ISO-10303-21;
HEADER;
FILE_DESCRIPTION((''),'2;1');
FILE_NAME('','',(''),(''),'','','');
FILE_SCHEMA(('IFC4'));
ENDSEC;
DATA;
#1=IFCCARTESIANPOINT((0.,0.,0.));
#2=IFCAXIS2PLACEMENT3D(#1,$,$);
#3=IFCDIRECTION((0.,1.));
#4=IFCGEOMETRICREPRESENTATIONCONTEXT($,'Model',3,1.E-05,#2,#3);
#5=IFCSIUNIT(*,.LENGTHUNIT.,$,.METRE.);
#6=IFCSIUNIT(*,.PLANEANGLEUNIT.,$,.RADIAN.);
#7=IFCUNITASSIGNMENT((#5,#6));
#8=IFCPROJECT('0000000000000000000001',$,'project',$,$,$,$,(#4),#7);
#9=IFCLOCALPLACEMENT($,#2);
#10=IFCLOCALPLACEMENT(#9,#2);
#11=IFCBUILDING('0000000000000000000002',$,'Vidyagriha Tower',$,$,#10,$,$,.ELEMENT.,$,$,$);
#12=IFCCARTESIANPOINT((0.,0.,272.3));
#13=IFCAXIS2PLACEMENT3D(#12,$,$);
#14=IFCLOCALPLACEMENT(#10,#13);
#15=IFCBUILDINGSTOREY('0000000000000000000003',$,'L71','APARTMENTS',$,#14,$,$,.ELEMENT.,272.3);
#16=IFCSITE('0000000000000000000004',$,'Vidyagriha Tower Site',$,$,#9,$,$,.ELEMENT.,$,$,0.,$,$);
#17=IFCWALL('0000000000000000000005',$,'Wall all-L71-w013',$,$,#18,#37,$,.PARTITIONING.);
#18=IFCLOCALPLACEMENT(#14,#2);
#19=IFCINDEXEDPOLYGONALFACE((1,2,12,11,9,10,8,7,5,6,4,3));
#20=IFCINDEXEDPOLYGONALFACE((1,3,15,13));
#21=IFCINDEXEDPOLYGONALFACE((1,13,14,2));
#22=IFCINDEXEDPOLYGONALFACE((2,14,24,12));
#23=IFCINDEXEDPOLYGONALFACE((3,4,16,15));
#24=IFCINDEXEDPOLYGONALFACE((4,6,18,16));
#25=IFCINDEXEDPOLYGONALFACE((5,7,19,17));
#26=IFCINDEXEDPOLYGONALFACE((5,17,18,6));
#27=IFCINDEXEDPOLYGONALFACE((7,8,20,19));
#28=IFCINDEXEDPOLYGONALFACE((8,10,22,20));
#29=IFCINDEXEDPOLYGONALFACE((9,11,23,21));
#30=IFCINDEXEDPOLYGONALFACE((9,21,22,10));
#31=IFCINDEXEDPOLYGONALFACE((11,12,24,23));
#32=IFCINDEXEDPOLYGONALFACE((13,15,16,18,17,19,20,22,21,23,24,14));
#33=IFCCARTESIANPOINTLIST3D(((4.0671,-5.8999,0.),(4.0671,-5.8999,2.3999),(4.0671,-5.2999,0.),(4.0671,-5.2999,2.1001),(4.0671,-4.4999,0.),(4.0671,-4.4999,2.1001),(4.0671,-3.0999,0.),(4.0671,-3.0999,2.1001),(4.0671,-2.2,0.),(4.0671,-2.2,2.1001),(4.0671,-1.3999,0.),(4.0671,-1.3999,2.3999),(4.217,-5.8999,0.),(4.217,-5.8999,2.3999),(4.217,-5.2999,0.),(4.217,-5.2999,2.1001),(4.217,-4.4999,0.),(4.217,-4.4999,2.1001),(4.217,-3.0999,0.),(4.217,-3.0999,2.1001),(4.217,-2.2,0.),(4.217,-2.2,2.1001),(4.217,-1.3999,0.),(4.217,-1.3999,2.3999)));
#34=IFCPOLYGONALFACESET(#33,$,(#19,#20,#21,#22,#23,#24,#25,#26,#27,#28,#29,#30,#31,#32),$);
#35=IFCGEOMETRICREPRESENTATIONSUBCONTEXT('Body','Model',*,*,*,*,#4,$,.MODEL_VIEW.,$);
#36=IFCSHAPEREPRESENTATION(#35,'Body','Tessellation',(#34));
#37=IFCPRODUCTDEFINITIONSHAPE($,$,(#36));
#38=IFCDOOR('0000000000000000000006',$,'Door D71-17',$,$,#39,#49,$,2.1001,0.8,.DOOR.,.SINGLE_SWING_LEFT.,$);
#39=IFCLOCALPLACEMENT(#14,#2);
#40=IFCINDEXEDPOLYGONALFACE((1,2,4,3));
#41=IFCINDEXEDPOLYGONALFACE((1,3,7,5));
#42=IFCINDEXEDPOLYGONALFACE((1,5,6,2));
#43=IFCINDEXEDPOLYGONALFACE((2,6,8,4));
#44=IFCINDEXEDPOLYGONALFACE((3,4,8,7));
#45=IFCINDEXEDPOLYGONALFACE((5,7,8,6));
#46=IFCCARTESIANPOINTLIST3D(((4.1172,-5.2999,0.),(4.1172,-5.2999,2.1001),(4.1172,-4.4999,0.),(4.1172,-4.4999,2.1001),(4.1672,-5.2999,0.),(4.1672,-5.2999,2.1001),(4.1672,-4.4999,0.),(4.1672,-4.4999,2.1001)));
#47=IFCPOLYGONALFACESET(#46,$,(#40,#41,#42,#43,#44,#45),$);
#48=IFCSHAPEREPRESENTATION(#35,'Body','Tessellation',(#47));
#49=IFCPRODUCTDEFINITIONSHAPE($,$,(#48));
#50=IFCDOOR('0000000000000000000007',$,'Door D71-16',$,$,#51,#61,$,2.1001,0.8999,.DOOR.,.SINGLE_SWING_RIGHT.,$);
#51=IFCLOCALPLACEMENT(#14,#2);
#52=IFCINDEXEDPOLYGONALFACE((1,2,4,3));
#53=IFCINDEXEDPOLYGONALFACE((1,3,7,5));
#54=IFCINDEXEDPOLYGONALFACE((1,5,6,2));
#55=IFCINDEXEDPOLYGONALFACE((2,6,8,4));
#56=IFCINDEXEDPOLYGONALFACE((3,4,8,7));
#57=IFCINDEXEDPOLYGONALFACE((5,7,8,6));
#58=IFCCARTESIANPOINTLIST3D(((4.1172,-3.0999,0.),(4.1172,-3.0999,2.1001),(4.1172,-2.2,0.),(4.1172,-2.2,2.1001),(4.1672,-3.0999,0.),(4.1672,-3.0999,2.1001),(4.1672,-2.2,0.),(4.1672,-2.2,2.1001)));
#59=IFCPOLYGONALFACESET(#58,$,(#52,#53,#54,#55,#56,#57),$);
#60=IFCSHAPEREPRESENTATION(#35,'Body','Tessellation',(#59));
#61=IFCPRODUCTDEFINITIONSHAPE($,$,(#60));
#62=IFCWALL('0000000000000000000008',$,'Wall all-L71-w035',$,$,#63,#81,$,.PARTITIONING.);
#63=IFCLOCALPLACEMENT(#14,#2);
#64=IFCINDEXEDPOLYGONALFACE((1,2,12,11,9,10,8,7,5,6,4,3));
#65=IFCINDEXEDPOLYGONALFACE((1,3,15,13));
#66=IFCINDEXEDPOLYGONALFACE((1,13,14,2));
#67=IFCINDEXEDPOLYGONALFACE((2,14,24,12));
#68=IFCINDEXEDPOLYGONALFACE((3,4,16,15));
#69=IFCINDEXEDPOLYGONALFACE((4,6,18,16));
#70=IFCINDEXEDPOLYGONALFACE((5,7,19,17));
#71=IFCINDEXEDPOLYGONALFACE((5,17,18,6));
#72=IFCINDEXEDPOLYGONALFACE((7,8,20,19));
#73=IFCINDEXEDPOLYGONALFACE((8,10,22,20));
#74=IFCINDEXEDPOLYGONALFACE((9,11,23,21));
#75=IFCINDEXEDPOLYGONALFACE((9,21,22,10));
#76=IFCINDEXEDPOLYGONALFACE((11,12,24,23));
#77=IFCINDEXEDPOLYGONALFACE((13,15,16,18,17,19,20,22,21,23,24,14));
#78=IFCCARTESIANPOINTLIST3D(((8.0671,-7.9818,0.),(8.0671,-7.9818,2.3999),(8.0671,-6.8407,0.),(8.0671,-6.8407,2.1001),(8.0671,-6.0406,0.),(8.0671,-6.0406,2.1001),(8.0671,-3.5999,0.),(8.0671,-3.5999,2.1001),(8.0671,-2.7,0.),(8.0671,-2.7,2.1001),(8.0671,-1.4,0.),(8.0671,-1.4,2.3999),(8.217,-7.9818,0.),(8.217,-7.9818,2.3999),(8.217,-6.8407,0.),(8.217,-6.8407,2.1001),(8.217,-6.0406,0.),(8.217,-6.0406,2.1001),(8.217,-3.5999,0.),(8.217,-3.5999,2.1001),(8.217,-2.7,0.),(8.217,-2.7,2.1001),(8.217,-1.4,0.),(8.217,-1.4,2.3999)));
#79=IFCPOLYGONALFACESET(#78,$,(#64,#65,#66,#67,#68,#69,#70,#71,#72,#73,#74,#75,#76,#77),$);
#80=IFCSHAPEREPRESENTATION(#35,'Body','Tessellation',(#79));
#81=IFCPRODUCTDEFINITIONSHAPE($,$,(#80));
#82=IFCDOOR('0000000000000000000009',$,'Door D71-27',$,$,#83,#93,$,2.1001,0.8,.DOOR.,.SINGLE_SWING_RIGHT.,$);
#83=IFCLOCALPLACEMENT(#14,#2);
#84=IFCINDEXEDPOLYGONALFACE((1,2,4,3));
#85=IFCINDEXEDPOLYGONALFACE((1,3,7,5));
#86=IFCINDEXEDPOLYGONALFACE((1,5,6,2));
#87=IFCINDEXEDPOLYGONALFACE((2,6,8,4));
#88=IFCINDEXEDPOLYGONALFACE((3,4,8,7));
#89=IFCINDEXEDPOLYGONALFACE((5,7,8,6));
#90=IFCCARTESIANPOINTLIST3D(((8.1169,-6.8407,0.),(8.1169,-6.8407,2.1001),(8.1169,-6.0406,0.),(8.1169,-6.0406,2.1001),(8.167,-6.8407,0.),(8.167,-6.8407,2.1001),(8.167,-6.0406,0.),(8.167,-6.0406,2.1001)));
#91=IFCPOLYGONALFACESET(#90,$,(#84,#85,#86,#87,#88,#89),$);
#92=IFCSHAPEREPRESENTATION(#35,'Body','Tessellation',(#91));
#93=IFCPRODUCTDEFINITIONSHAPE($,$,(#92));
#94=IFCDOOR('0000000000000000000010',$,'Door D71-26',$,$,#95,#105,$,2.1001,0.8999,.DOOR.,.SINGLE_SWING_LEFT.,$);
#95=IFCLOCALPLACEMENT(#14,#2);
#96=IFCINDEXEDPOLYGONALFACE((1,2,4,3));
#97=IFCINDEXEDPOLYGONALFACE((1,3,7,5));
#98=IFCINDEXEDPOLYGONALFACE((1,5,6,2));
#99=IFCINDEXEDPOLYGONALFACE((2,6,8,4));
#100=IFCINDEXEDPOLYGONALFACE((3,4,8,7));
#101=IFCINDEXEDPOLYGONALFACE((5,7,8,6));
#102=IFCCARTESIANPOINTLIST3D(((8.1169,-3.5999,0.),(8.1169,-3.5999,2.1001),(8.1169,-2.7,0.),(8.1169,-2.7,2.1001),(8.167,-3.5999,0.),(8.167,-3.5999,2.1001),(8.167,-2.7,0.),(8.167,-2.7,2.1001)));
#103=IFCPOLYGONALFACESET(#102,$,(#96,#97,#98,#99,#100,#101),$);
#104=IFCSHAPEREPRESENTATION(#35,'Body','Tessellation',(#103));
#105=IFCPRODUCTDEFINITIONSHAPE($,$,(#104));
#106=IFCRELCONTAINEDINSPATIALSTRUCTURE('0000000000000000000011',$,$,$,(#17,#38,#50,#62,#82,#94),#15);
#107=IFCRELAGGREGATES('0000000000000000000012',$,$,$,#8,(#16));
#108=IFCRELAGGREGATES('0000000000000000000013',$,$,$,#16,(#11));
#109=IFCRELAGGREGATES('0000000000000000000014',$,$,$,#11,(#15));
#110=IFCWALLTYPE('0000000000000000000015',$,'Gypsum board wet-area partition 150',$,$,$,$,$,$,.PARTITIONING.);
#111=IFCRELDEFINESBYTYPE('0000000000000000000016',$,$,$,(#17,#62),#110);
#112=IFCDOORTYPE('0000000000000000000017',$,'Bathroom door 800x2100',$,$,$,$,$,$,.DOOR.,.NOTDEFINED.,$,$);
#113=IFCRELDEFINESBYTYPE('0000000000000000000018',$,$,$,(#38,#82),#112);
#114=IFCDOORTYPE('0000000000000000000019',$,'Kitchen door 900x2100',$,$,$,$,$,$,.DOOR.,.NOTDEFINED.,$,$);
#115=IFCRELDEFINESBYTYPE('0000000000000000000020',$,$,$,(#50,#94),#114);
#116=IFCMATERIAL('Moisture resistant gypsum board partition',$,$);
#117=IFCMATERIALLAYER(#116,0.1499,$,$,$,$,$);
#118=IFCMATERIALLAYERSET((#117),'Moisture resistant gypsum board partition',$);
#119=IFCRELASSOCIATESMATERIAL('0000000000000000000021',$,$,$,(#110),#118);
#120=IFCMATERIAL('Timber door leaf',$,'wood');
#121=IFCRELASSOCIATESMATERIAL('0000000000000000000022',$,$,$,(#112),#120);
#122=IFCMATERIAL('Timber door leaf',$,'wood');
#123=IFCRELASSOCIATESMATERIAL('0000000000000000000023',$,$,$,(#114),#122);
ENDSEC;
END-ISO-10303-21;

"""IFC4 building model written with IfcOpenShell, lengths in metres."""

from ifc_helpers import new_model, si_unit, direction, frame, frame_2d, origin, place, context, subcontext, project, spatial, rectangle, extrude, material, layer, layer_set, type_object, element, fill, save


model = new_model("IFC4")

# Units and contexts
model_context = context("Model", 3, precision=1e-05, world=origin(), true_north=direction((0.0, 1.0)))
body_context = subcontext(model_context, "Body", "Model", "MODEL_VIEW")
ifc_project = project(units=[si_unit("LENGTHUNIT", "METRE"), si_unit("PLANEANGLEUNIT", "RADIAN")], contexts=[model_context])

# Site, building, storey
site_placement = place(None, origin())
site = spatial("IfcSite", under=ifc_project, at=site_placement, Name="Vidyagriha Tower Site", CompositionType="ELEMENT", RefElevation=0.0)
building_placement = place(site_placement, origin())
building = spatial("IfcBuilding", under=site, at=building_placement, Name="Vidyagriha Tower", CompositionType="ELEMENT")
storey_placement = place(building_placement, frame((0.0, 0.0, 272.3)))
storey = spatial("IfcBuildingStorey", under=building, at=storey_placement, Name="L71", Description="APARTMENTS", CompositionType="ELEMENT", Elevation=272.3)

# Walls, openings, doors
ifc_material_1 = material(Name="Moisture resistant gypsum board partition")
ifc_layer_1 = layer(ifc_material_1, 0.1499)
ifc_layer_set_1 = layer_set([ifc_layer_1], Name="Moisture resistant gypsum board partition")
wall_type_1 = type_object("IfcWallType", Name="Gypsum board wet-area partition 150", PredefinedType="PARTITIONING", material=ifc_layer_set_1)
wall_1_placement = place(storey_placement, frame((4.1421, -5.8999, 0.0), z_axis=(0.0, 0.0, 1.0), x_axis=(0.0, 1.0, 0.0)))
wall_1 = element("IfcWall", 1, at=wall_1_placement, inside=storey, type_object=wall_type_1, Name="Wall all-L71-w013", PredefinedType="PARTITIONING", context=body_context, shape_type="SweptSolid", body=[
    extrude(rectangle(XDim=4.5, YDim=0.1499, at=frame_2d((2.25, 0.0))), origin(), (0.0, 0.0, 1.0), 2.3999),
])
opening_1_placement = place(wall_1_placement, frame((2.8, 0.0, 0.0)))
opening_1 = element("IfcOpeningElement", 2, at=opening_1_placement, cuts=wall_1, PredefinedType="OPENING", context=body_context, shape_type="SweptSolid", body=[
    extrude(rectangle(XDim=0.8999, YDim=2.1001, at=frame_2d((0.45, 1.05))), frame((0.0, 0.085, 0.0), z_axis=(0.0, -1.0, 0.0), x_axis=(1.0, 0.0, 0.0)), (0.0, 0.0, 1.0), 0.1699),
])
opening_2_placement = place(wall_1_placement, frame((0.6001, 0.0, 0.0)))
opening_2 = element("IfcOpeningElement", 3, at=opening_2_placement, cuts=wall_1, PredefinedType="OPENING", context=body_context, shape_type="SweptSolid", body=[
    extrude(rectangle(XDim=0.8, YDim=2.1001, at=frame_2d((0.3999, 1.05))), frame((0.0, 0.085, 0.0), z_axis=(0.0, -1.0, 0.0), x_axis=(1.0, 0.0, 0.0)), (0.0, 0.0, 1.0), 0.1699),
])
ifc_material_2 = material(Name="Timber door leaf", Category="wood")
door_type_1 = type_object("IfcDoorType", Name="Bathroom door 800x2100", OperationType="NOTDEFINED", PredefinedType="DOOR", material=ifc_material_2)
door_1_placement = place(opening_2_placement, origin())
door_1 = element("IfcDoor", 4, at=door_1_placement, inside=storey, type_object=door_type_1, Name="Door D71-17", OperationType="SINGLE_SWING_LEFT", OverallHeight=2.1001, OverallWidth=0.8, PredefinedType="DOOR", context=body_context, shape_type="SweptSolid", body=[
    extrude(rectangle(XDim=0.8, YDim=2.1001, at=frame_2d((0.3999, 1.05))), frame((0.0, 0.0249, 0.0), z_axis=(0.0, -1.0, 0.0), x_axis=(1.0, 0.0, 0.0)), (0.0, 0.0, 1.0), 0.05),
])
fill(opening_2, door_1)
ifc_material_3 = material(Name="Timber door leaf", Category="wood")
door_type_2 = type_object("IfcDoorType", Name="Kitchen door 900x2100", OperationType="NOTDEFINED", PredefinedType="DOOR", material=ifc_material_3)
door_2_placement = place(opening_1_placement, origin())
door_2 = element("IfcDoor", 5, at=door_2_placement, inside=storey, type_object=door_type_2, Name="Door D71-16", OperationType="SINGLE_SWING_RIGHT", OverallHeight=2.1001, OverallWidth=0.8999, PredefinedType="DOOR", context=body_context, shape_type="SweptSolid", body=[
    extrude(rectangle(XDim=0.8999, YDim=2.1001, at=frame_2d((0.45, 1.05))), frame((0.0, 0.0249, 0.0), z_axis=(0.0, -1.0, 0.0), x_axis=(1.0, 0.0, 0.0)), (0.0, 0.0, 1.0), 0.05),
])
fill(opening_1, door_2)
wall_2_placement = place(storey_placement, frame((8.1421, -1.3999, 0.0), z_axis=(0.0, 0.0, 1.0), x_axis=(0.0, -1.0, 0.0)))
wall_2 = element("IfcWall", 6, at=wall_2_placement, inside=storey, type_object=wall_type_1, Name="Wall all-L71-w035", PredefinedType="PARTITIONING", context=body_context, shape_type="SweptSolid", body=[
    extrude(rectangle(XDim=6.5818, YDim=0.1499, at=frame_2d((3.291, 0.0))), origin(), (0.0, 0.0, 1.0), 2.3999),
])
opening_3_placement = place(wall_2_placement, frame((1.3, 0.0, 0.0)))
opening_3 = element("IfcOpeningElement", 7, at=opening_3_placement, cuts=wall_2, PredefinedType="OPENING", context=body_context, shape_type="SweptSolid", body=[
    extrude(rectangle(XDim=0.8999, YDim=2.1001, at=frame_2d((0.45, 1.05))), frame((0.0, 0.085, 0.0), z_axis=(0.0, -1.0, 0.0), x_axis=(1.0, 0.0, 0.0)), (0.0, 0.0, 1.0), 0.1699),
])
opening_4_placement = place(wall_2_placement, frame((4.6409, 0.0, 0.0)))
opening_4 = element("IfcOpeningElement", 8, at=opening_4_placement, cuts=wall_2, PredefinedType="OPENING", context=body_context, shape_type="SweptSolid", body=[
    extrude(rectangle(XDim=0.8, YDim=2.1001, at=frame_2d((0.3999, 1.05))), frame((0.0, 0.085, 0.0), z_axis=(0.0, -1.0, 0.0), x_axis=(1.0, 0.0, 0.0)), (0.0, 0.0, 1.0), 0.1699),
])
door_3_placement = place(opening_4_placement, origin())
door_3 = element("IfcDoor", 9, at=door_3_placement, inside=storey, type_object=door_type_1, Name="Door D71-27", OperationType="SINGLE_SWING_RIGHT", OverallHeight=2.1001, OverallWidth=0.8, PredefinedType="DOOR", context=body_context, shape_type="SweptSolid", body=[
    extrude(rectangle(XDim=0.8, YDim=2.1001, at=frame_2d((0.3999, 1.05))), frame((0.0, 0.0249, 0.0), z_axis=(0.0, -1.0, 0.0), x_axis=(1.0, 0.0, 0.0)), (0.0, 0.0, 1.0), 0.05),
])
fill(opening_4, door_3)
door_4_placement = place(opening_3_placement, origin())
door_4 = element("IfcDoor", 10, at=door_4_placement, inside=storey, type_object=door_type_2, Name="Door D71-26", OperationType="SINGLE_SWING_LEFT", OverallHeight=2.1001, OverallWidth=0.8999, PredefinedType="DOOR", context=body_context, shape_type="SweptSolid", body=[
    extrude(rectangle(XDim=0.8999, YDim=2.1001, at=frame_2d((0.45, 1.05))), frame((0.0, 0.0249, 0.0), z_axis=(0.0, -1.0, 0.0), x_axis=(1.0, 0.0, 0.0)), (0.0, 0.0, 1.0), 0.05),
])
fill(opening_3, door_4)

save(model, "model.ifc")
